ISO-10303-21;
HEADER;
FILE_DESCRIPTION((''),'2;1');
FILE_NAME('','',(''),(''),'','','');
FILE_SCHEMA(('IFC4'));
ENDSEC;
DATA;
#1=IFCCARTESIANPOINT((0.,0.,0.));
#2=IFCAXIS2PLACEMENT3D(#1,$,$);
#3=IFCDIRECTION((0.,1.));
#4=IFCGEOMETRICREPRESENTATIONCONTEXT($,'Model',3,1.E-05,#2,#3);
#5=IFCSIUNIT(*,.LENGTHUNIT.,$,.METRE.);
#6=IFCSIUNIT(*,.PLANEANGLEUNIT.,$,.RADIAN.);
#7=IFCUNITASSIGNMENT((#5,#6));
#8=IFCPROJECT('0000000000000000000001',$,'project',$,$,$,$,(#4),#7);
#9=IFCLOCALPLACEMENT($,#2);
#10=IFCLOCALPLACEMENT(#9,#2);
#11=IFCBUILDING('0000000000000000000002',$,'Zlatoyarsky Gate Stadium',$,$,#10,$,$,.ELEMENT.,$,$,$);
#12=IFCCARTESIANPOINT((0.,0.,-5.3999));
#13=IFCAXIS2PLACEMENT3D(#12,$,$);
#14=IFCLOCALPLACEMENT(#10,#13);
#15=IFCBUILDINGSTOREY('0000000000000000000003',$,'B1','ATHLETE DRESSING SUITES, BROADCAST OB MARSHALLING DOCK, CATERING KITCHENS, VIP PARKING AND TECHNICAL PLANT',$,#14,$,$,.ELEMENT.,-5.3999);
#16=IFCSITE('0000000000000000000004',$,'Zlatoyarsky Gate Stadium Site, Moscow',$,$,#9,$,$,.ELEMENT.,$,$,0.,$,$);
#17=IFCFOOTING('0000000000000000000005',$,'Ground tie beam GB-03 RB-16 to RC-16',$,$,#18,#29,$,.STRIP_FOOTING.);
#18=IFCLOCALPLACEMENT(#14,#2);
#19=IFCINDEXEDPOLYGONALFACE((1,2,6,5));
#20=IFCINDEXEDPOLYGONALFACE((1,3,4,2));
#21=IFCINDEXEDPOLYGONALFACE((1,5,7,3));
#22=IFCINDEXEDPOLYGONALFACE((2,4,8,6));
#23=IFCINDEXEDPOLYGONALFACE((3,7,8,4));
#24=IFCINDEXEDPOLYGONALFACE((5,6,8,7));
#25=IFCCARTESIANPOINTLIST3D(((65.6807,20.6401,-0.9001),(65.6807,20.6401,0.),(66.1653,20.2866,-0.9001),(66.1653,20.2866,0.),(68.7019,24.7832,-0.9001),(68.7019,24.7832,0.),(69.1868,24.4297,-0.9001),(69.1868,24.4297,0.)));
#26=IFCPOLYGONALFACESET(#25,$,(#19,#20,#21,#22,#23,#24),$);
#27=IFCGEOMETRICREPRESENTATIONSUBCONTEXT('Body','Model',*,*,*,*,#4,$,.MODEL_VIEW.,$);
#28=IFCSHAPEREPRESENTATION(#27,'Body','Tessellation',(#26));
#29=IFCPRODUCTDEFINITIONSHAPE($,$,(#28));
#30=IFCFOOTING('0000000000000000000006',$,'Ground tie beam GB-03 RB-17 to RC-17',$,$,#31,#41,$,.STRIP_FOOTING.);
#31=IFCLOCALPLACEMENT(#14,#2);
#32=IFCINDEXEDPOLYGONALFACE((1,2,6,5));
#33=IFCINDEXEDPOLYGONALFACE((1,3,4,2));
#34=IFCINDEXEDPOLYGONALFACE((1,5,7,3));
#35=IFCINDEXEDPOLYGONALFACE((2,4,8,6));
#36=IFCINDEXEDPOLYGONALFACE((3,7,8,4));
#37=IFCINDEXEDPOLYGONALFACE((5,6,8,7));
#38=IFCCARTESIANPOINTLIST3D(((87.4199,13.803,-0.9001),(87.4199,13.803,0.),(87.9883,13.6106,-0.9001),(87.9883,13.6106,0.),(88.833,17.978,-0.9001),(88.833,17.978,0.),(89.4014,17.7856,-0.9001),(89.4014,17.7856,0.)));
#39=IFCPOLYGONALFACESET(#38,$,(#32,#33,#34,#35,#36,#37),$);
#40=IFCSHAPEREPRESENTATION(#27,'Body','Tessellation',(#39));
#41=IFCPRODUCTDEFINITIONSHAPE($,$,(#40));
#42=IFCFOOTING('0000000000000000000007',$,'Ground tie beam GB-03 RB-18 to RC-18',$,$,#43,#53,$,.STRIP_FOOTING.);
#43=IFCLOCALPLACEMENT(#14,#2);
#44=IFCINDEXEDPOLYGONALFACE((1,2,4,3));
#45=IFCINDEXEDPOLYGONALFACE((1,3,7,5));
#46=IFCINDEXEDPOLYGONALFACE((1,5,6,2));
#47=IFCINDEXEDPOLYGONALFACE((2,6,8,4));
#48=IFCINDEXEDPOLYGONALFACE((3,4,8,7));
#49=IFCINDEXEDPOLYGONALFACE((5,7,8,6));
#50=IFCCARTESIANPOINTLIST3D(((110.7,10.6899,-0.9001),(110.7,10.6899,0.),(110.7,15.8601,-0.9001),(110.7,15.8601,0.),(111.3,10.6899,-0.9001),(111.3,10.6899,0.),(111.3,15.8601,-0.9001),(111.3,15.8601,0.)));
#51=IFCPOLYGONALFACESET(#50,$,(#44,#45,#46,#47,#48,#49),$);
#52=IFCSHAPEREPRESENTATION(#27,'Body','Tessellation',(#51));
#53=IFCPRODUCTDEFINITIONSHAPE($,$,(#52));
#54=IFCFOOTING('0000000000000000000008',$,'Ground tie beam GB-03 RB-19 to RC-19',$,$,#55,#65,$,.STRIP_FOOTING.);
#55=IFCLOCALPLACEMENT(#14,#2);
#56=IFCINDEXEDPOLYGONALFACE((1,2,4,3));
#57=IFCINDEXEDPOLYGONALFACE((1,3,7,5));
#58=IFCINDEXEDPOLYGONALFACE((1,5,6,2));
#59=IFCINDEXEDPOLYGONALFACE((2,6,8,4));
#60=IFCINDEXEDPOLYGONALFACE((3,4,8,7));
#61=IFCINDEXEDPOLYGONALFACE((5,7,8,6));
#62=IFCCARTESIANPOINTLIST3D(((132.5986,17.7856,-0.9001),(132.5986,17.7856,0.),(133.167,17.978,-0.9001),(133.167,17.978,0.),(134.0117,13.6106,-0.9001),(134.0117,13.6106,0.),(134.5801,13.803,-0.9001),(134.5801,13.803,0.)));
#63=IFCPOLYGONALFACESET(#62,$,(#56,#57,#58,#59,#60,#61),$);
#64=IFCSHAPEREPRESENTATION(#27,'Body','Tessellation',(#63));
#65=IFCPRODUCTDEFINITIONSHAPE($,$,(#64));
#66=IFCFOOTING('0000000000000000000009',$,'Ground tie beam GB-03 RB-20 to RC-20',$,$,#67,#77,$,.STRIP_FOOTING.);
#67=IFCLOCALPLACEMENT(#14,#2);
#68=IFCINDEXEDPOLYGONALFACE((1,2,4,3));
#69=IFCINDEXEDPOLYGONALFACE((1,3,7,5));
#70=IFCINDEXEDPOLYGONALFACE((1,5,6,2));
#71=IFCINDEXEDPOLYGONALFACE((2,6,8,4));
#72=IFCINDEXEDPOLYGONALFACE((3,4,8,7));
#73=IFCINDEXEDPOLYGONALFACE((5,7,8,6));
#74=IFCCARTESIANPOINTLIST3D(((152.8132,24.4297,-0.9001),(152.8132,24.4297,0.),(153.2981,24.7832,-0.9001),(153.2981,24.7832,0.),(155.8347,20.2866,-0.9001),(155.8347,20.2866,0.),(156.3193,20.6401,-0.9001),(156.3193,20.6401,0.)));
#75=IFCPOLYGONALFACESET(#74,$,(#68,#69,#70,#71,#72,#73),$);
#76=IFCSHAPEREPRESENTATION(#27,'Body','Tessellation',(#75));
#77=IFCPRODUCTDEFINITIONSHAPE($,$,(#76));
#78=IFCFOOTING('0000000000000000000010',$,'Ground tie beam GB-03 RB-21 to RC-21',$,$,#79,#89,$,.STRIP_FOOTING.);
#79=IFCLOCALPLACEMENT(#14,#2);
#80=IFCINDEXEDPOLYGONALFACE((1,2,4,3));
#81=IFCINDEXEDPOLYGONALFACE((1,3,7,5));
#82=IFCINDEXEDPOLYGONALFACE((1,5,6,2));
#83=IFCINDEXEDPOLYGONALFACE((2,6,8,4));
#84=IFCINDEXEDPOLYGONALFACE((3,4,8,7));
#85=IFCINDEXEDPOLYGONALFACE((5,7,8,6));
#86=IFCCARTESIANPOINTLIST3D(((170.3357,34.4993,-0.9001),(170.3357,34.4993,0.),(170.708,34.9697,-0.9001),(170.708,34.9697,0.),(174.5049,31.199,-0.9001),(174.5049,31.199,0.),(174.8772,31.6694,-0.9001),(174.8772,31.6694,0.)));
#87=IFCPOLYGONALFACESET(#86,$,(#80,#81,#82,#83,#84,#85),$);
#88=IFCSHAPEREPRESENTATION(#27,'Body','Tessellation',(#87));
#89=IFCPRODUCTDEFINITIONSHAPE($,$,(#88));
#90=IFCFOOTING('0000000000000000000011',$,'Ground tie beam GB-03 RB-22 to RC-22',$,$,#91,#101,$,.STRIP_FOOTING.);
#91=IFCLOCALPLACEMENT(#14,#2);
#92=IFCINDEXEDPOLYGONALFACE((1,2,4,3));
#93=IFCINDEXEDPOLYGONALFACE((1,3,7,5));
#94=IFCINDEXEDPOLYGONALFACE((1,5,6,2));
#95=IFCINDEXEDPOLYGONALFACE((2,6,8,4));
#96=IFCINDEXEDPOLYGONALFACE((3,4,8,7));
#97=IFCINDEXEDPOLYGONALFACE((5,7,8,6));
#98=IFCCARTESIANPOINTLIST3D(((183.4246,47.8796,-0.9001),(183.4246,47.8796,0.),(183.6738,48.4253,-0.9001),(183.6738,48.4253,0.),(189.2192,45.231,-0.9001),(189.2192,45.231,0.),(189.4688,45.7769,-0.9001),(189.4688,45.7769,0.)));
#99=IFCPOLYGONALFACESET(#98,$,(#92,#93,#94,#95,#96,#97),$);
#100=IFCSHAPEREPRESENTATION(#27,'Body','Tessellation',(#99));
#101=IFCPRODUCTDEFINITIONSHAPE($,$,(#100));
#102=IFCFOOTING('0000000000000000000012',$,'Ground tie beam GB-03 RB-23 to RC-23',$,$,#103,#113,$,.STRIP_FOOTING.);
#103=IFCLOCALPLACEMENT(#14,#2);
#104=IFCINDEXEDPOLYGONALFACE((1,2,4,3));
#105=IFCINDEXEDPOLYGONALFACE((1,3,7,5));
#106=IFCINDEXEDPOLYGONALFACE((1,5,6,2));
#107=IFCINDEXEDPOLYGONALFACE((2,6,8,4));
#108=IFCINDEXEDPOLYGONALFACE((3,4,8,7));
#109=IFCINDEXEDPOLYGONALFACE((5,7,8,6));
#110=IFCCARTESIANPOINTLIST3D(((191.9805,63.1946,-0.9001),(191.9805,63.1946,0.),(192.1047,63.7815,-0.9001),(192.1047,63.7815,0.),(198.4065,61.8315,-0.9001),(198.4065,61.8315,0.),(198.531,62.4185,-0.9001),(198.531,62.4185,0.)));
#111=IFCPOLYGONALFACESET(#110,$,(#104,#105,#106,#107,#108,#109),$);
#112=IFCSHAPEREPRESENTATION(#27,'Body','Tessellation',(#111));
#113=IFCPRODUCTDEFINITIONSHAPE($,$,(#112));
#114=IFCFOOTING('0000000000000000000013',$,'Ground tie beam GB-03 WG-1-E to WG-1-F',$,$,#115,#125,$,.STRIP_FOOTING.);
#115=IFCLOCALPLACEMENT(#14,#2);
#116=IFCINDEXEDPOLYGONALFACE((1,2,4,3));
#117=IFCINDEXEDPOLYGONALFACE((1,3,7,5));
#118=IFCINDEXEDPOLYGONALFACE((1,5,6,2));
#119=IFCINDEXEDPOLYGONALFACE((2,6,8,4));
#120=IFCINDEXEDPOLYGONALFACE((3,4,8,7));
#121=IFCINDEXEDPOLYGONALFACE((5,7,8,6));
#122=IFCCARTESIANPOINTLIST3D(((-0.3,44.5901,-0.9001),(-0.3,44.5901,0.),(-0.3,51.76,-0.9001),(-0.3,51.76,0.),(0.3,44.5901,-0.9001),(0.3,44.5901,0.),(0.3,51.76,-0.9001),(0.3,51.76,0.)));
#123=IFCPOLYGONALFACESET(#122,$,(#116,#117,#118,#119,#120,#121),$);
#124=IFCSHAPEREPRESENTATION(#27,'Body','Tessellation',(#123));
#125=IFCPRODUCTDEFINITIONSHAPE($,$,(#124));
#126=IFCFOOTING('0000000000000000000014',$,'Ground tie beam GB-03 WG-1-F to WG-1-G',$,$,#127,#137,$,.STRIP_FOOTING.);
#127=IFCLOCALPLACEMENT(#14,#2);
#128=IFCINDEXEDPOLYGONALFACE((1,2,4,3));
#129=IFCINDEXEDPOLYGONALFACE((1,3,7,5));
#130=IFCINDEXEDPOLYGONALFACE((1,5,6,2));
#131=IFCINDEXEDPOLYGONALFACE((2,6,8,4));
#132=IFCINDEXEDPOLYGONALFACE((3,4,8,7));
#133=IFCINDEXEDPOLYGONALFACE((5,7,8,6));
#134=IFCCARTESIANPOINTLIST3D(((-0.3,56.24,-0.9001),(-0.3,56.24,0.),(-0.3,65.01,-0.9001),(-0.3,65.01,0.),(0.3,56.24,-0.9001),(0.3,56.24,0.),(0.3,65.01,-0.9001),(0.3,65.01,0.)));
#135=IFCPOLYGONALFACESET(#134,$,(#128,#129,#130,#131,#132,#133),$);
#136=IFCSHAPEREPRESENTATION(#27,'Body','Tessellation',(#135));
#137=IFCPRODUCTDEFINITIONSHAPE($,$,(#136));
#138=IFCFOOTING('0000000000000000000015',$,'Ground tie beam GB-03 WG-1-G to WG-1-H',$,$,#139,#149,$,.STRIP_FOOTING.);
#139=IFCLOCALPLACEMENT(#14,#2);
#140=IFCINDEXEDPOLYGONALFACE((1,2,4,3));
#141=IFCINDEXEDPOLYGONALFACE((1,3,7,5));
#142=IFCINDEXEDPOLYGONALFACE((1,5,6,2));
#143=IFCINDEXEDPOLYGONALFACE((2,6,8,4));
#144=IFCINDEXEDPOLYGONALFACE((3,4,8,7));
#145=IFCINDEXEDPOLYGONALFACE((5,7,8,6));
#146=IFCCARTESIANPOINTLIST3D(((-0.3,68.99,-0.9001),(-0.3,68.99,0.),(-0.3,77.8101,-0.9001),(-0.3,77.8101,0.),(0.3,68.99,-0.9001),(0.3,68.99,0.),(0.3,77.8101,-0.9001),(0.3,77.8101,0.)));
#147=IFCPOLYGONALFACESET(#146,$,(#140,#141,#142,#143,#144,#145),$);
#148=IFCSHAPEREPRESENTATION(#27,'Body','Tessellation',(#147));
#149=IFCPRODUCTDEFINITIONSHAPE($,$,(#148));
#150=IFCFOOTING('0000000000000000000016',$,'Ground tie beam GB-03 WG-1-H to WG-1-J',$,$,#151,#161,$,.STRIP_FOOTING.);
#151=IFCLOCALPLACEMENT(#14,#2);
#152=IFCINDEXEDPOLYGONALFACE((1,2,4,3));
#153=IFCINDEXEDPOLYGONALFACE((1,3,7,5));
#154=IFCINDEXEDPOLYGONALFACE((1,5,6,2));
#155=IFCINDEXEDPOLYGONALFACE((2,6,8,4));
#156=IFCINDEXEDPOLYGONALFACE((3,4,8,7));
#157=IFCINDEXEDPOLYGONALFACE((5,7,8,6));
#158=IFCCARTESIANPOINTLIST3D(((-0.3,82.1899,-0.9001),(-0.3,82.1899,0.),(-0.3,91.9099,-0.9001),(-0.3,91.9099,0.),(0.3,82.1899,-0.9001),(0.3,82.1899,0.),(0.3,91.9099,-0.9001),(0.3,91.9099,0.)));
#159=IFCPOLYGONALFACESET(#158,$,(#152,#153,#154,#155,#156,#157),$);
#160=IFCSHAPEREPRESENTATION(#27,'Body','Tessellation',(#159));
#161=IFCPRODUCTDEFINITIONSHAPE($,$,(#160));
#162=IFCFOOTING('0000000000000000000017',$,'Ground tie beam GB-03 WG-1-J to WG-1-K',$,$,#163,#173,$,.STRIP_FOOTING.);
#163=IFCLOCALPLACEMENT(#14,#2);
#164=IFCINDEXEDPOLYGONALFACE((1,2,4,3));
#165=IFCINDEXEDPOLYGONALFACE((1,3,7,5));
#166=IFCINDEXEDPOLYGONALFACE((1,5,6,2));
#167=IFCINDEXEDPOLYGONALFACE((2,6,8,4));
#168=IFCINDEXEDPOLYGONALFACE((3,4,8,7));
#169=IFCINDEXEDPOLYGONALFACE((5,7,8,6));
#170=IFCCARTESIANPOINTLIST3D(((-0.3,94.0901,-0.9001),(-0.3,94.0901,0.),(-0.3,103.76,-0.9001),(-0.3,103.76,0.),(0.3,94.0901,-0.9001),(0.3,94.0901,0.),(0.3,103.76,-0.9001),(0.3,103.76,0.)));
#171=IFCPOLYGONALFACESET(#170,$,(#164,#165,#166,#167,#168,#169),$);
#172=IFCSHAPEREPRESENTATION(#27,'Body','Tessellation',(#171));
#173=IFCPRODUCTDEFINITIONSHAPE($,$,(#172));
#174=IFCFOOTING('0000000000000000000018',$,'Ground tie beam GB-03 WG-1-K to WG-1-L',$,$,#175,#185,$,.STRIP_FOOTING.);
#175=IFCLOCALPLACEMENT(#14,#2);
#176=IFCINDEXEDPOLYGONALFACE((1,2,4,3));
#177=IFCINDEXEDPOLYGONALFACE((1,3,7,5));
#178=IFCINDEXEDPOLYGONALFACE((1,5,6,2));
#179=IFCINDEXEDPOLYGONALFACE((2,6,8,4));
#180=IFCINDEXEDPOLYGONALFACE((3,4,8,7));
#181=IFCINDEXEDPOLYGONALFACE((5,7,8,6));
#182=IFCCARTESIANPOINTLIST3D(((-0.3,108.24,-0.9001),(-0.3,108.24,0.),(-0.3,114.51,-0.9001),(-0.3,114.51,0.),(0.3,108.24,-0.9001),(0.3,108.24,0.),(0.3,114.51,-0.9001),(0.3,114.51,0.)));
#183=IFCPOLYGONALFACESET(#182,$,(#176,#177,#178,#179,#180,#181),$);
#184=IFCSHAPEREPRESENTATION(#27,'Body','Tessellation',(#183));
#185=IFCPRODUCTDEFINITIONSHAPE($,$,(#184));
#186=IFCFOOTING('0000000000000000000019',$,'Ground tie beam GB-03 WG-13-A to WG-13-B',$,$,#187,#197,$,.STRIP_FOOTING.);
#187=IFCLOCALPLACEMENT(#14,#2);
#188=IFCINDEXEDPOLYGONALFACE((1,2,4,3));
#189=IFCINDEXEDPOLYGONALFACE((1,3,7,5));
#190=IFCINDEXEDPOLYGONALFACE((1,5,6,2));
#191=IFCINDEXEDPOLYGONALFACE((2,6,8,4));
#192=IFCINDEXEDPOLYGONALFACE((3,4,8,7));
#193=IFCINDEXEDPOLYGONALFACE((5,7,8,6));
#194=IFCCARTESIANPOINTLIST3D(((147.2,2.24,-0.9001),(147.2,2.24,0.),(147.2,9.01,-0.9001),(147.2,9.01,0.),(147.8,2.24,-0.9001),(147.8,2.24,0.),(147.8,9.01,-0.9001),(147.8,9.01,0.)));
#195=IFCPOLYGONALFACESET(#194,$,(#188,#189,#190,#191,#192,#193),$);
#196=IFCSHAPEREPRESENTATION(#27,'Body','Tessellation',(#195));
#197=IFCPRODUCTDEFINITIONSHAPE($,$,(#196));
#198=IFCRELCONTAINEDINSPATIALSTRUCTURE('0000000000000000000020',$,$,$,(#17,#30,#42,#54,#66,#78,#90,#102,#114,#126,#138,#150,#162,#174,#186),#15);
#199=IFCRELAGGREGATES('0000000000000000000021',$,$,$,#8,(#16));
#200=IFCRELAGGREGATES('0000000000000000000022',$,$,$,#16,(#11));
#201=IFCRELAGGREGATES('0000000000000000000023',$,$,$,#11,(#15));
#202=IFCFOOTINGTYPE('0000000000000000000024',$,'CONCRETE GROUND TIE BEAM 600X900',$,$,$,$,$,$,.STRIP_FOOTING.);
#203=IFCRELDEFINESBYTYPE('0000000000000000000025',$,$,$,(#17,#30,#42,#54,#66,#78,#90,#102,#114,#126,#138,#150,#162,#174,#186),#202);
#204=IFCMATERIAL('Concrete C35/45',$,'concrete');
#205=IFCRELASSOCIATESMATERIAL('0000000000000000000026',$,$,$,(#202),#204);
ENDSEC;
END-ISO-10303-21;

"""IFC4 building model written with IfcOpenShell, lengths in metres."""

from ifc_helpers import new_model, si_unit, direction, frame, origin, origin_2d, place, context, subcontext, project, spatial, polyline, rectangle, outline, extrude, material, material_profile, profile_set, type_object, element, save


model = new_model("IFC4")

# Units and contexts
model_context = context("Model", 3, precision=1e-05, world=origin(), true_north=direction((0.0, 1.0)))
body_context = subcontext(model_context, "Body", "Model", "MODEL_VIEW")
ifc_project = project(units=[si_unit("LENGTHUNIT", "METRE"), si_unit("PLANEANGLEUNIT", "RADIAN")], contexts=[model_context])

# Site, building, storey
site_placement = place(None, origin())
site = spatial("IfcSite", under=ifc_project, at=site_placement, Name="Zlatoyarsky Gate Stadium Site, Moscow", CompositionType="ELEMENT", RefElevation=0.0)
building_placement = place(site_placement, origin())
building = spatial("IfcBuilding", under=site, at=building_placement, Name="Zlatoyarsky Gate Stadium", CompositionType="ELEMENT")
storey_placement = place(building_placement, frame((0.0, 0.0, -5.3999)))
storey = spatial("IfcBuildingStorey", under=building, at=storey_placement, Name="B1", Description="ATHLETE DRESSING SUITES, BROADCAST OB MARSHALLING DOCK, CATERING KITCHENS, VIP PARKING AND TECHNICAL PLANT", CompositionType="ELEMENT", Elevation=-5.3999)

# Footings
ifc_material = material(Name="Concrete C35/45", Category="concrete")
ifc_material_profile = material_profile(ifc_material, rectangle(XDim=0.6001, YDim=0.8999, at=origin_2d()), Name="GB 600X900")
ifc_profile_set = profile_set([ifc_material_profile], Name="Concrete C35/45")
footing_type = type_object("IfcFootingType", Name="CONCRETE GROUND TIE BEAM 600X900", PredefinedType="STRIP_FOOTING", material=ifc_profile_set)
footing_1_placement = place(storey_placement, frame((0.0, 0.0, -0.9001)))
element("IfcFooting", 1, at=footing_1_placement, inside=storey, type_object=footing_type, Name="Ground tie beam GB-03 RB-16 to RC-16", PredefinedType="STRIP_FOOTING", context=body_context, shape_type="SweptSolid", body=[
    extrude(outline(polyline([(68.7019, 24.7832), (65.6807, 20.6401), (66.1653, 20.2866), (69.1868, 24.4297), (68.7019, 24.7832)])), origin(), (0.0, 0.0, 1.0), 0.9001),
])
footing_2_placement = place(storey_placement, frame((0.0, 0.0, -0.9001)))
element("IfcFooting", 2, at=footing_2_placement, inside=storey, type_object=footing_type, Name="Ground tie beam GB-03 RB-17 to RC-17", PredefinedType="STRIP_FOOTING", context=body_context, shape_type="SweptSolid", body=[
    extrude(outline(polyline([(88.833, 17.978), (87.4199, 13.803), (87.9883, 13.6106), (89.4014, 17.7856), (88.833, 17.978)])), origin(), (0.0, 0.0, 1.0), 0.9001),
])
footing_3_placement = place(storey_placement, frame((0.0, 0.0, -0.9001)))
element("IfcFooting", 3, at=footing_3_placement, inside=storey, type_object=footing_type, Name="Ground tie beam GB-03 RB-18 to RC-18", PredefinedType="STRIP_FOOTING", context=body_context, shape_type="SweptSolid", body=[
    extrude(outline(polyline([(110.7, 15.8601), (110.7, 10.6899), (111.3, 10.6899), (111.3, 15.8601), (110.7, 15.8601)])), origin(), (0.0, 0.0, 1.0), 0.9001),
])
footing_4_placement = place(storey_placement, frame((0.0, 0.0, -0.9001)))
element("IfcFooting", 4, at=footing_4_placement, inside=storey, type_object=footing_type, Name="Ground tie beam GB-03 RB-19 to RC-19", PredefinedType="STRIP_FOOTING", context=body_context, shape_type="SweptSolid", body=[
    extrude(outline(polyline([(132.5986, 17.7856), (134.0117, 13.6106), (134.5801, 13.803), (133.167, 17.978), (132.5986, 17.7856)])), origin(), (0.0, 0.0, 1.0), 0.9001),
])
footing_5_placement = place(storey_placement, frame((0.0, 0.0, -0.9001)))
element("IfcFooting", 5, at=footing_5_placement, inside=storey, type_object=footing_type, Name="Ground tie beam GB-03 RB-20 to RC-20", PredefinedType="STRIP_FOOTING", context=body_context, shape_type="SweptSolid", body=[
    extrude(outline(polyline([(152.8132, 24.4297), (155.8347, 20.2866), (156.3193, 20.6401), (153.2981, 24.7832), (152.8132, 24.4297)])), origin(), (0.0, 0.0, 1.0), 0.9001),
])
footing_6_placement = place(storey_placement, frame((0.0, 0.0, -0.9001)))
element("IfcFooting", 6, at=footing_6_placement, inside=storey, type_object=footing_type, Name="Ground tie beam GB-03 RB-21 to RC-21", PredefinedType="STRIP_FOOTING", context=body_context, shape_type="SweptSolid", body=[
    extrude(outline(polyline([(170.3357, 34.4993), (174.5049, 31.199), (174.8772, 31.6694), (170.708, 34.9697), (170.3357, 34.4993)])), origin(), (0.0, 0.0, 1.0), 0.9001),
])
footing_7_placement = place(storey_placement, frame((0.0, 0.0, -0.9001)))
element("IfcFooting", 7, at=footing_7_placement, inside=storey, type_object=footing_type, Name="Ground tie beam GB-03 RB-22 to RC-22", PredefinedType="STRIP_FOOTING", context=body_context, shape_type="SweptSolid", body=[
    extrude(outline(polyline([(183.4246, 47.8796), (189.2192, 45.231), (189.4688, 45.7769), (183.6738, 48.4253), (183.4246, 47.8796)])), origin(), (0.0, 0.0, 1.0), 0.9001),
])
footing_8_placement = place(storey_placement, frame((0.0, 0.0, -0.9001)))
element("IfcFooting", 8, at=footing_8_placement, inside=storey, type_object=footing_type, Name="Ground tie beam GB-03 RB-23 to RC-23", PredefinedType="STRIP_FOOTING", context=body_context, shape_type="SweptSolid", body=[
    extrude(outline(polyline([(191.9805, 63.1946), (198.4065, 61.8315), (198.531, 62.4185), (192.1047, 63.7815), (191.9805, 63.1946)])), origin(), (0.0, 0.0, 1.0), 0.9001),
])
footing_9_placement = place(storey_placement, frame((0.0, 0.0, -0.9001)))
element("IfcFooting", 9, at=footing_9_placement, inside=storey, type_object=footing_type, Name="Ground tie beam GB-03 WG-1-E to WG-1-F", PredefinedType="STRIP_FOOTING", context=body_context, shape_type="SweptSolid", body=[
    extrude(outline(polyline([(0.3, 44.5901), (0.3, 51.76), (-0.3, 51.76), (-0.3, 44.5901), (0.3, 44.5901)])), origin(), (0.0, 0.0, 1.0), 0.9001),
])
footing_10_placement = place(storey_placement, frame((0.0, 0.0, -0.9001)))
element("IfcFooting", 10, at=footing_10_placement, inside=storey, type_object=footing_type, Name="Ground tie beam GB-03 WG-1-F to WG-1-G", PredefinedType="STRIP_FOOTING", context=body_context, shape_type="SweptSolid", body=[
    extrude(outline(polyline([(0.3, 56.24), (0.3, 65.01), (-0.3, 65.01), (-0.3, 56.24), (0.3, 56.24)])), origin(), (0.0, 0.0, 1.0), 0.9001),
])
footing_11_placement = place(storey_placement, frame((0.0, 0.0, -0.9001)))
element("IfcFooting", 11, at=footing_11_placement, inside=storey, type_object=footing_type, Name="Ground tie beam GB-03 WG-1-G to WG-1-H", PredefinedType="STRIP_FOOTING", context=body_context, shape_type="SweptSolid", body=[
    extrude(outline(polyline([(0.3, 68.99), (0.3, 77.8101), (-0.3, 77.8101), (-0.3, 68.99), (0.3, 68.99)])), origin(), (0.0, 0.0, 1.0), 0.9001),
])
footing_12_placement = place(storey_placement, frame((0.0, 0.0, -0.9001)))
element("IfcFooting", 12, at=footing_12_placement, inside=storey, type_object=footing_type, Name="Ground tie beam GB-03 WG-1-H to WG-1-J", PredefinedType="STRIP_FOOTING", context=body_context, shape_type="SweptSolid", body=[
    extrude(outline(polyline([(0.3, 82.1899), (0.3, 91.9099), (-0.3, 91.9099), (-0.3, 82.1899), (0.3, 82.1899)])), origin(), (0.0, 0.0, 1.0), 0.9001),
])
footing_13_placement = place(storey_placement, frame((0.0, 0.0, -0.9001)))
element("IfcFooting", 13, at=footing_13_placement, inside=storey, type_object=footing_type, Name="Ground tie beam GB-03 WG-1-J to WG-1-K", PredefinedType="STRIP_FOOTING", context=body_context, shape_type="SweptSolid", body=[
    extrude(outline(polyline([(0.3, 94.0901), (0.3, 103.76), (-0.3, 103.76), (-0.3, 94.0901), (0.3, 94.0901)])), origin(), (0.0, 0.0, 1.0), 0.9001),
])
footing_14_placement = place(storey_placement, frame((0.0, 0.0, -0.9001)))
element("IfcFooting", 14, at=footing_14_placement, inside=storey, type_object=footing_type, Name="Ground tie beam GB-03 WG-1-K to WG-1-L", PredefinedType="STRIP_FOOTING", context=body_context, shape_type="SweptSolid", body=[
    extrude(outline(polyline([(0.3, 108.24), (0.3, 114.51), (-0.3, 114.51), (-0.3, 108.24), (0.3, 108.24)])), origin(), (0.0, 0.0, 1.0), 0.9001),
])
footing_15_placement = place(storey_placement, frame((0.0, 0.0, -0.9001)))
element("IfcFooting", 15, at=footing_15_placement, inside=storey, type_object=footing_type, Name="Ground tie beam GB-03 WG-13-A to WG-13-B", PredefinedType="STRIP_FOOTING", context=body_context, shape_type="SweptSolid", body=[
    extrude(outline(polyline([(147.8, 2.24), (147.8, 9.01), (147.2, 9.01), (147.2, 2.24), (147.8, 2.24)])), origin(), (0.0, 0.0, 1.0), 0.9001),
])

save(model, "model.ifc")
